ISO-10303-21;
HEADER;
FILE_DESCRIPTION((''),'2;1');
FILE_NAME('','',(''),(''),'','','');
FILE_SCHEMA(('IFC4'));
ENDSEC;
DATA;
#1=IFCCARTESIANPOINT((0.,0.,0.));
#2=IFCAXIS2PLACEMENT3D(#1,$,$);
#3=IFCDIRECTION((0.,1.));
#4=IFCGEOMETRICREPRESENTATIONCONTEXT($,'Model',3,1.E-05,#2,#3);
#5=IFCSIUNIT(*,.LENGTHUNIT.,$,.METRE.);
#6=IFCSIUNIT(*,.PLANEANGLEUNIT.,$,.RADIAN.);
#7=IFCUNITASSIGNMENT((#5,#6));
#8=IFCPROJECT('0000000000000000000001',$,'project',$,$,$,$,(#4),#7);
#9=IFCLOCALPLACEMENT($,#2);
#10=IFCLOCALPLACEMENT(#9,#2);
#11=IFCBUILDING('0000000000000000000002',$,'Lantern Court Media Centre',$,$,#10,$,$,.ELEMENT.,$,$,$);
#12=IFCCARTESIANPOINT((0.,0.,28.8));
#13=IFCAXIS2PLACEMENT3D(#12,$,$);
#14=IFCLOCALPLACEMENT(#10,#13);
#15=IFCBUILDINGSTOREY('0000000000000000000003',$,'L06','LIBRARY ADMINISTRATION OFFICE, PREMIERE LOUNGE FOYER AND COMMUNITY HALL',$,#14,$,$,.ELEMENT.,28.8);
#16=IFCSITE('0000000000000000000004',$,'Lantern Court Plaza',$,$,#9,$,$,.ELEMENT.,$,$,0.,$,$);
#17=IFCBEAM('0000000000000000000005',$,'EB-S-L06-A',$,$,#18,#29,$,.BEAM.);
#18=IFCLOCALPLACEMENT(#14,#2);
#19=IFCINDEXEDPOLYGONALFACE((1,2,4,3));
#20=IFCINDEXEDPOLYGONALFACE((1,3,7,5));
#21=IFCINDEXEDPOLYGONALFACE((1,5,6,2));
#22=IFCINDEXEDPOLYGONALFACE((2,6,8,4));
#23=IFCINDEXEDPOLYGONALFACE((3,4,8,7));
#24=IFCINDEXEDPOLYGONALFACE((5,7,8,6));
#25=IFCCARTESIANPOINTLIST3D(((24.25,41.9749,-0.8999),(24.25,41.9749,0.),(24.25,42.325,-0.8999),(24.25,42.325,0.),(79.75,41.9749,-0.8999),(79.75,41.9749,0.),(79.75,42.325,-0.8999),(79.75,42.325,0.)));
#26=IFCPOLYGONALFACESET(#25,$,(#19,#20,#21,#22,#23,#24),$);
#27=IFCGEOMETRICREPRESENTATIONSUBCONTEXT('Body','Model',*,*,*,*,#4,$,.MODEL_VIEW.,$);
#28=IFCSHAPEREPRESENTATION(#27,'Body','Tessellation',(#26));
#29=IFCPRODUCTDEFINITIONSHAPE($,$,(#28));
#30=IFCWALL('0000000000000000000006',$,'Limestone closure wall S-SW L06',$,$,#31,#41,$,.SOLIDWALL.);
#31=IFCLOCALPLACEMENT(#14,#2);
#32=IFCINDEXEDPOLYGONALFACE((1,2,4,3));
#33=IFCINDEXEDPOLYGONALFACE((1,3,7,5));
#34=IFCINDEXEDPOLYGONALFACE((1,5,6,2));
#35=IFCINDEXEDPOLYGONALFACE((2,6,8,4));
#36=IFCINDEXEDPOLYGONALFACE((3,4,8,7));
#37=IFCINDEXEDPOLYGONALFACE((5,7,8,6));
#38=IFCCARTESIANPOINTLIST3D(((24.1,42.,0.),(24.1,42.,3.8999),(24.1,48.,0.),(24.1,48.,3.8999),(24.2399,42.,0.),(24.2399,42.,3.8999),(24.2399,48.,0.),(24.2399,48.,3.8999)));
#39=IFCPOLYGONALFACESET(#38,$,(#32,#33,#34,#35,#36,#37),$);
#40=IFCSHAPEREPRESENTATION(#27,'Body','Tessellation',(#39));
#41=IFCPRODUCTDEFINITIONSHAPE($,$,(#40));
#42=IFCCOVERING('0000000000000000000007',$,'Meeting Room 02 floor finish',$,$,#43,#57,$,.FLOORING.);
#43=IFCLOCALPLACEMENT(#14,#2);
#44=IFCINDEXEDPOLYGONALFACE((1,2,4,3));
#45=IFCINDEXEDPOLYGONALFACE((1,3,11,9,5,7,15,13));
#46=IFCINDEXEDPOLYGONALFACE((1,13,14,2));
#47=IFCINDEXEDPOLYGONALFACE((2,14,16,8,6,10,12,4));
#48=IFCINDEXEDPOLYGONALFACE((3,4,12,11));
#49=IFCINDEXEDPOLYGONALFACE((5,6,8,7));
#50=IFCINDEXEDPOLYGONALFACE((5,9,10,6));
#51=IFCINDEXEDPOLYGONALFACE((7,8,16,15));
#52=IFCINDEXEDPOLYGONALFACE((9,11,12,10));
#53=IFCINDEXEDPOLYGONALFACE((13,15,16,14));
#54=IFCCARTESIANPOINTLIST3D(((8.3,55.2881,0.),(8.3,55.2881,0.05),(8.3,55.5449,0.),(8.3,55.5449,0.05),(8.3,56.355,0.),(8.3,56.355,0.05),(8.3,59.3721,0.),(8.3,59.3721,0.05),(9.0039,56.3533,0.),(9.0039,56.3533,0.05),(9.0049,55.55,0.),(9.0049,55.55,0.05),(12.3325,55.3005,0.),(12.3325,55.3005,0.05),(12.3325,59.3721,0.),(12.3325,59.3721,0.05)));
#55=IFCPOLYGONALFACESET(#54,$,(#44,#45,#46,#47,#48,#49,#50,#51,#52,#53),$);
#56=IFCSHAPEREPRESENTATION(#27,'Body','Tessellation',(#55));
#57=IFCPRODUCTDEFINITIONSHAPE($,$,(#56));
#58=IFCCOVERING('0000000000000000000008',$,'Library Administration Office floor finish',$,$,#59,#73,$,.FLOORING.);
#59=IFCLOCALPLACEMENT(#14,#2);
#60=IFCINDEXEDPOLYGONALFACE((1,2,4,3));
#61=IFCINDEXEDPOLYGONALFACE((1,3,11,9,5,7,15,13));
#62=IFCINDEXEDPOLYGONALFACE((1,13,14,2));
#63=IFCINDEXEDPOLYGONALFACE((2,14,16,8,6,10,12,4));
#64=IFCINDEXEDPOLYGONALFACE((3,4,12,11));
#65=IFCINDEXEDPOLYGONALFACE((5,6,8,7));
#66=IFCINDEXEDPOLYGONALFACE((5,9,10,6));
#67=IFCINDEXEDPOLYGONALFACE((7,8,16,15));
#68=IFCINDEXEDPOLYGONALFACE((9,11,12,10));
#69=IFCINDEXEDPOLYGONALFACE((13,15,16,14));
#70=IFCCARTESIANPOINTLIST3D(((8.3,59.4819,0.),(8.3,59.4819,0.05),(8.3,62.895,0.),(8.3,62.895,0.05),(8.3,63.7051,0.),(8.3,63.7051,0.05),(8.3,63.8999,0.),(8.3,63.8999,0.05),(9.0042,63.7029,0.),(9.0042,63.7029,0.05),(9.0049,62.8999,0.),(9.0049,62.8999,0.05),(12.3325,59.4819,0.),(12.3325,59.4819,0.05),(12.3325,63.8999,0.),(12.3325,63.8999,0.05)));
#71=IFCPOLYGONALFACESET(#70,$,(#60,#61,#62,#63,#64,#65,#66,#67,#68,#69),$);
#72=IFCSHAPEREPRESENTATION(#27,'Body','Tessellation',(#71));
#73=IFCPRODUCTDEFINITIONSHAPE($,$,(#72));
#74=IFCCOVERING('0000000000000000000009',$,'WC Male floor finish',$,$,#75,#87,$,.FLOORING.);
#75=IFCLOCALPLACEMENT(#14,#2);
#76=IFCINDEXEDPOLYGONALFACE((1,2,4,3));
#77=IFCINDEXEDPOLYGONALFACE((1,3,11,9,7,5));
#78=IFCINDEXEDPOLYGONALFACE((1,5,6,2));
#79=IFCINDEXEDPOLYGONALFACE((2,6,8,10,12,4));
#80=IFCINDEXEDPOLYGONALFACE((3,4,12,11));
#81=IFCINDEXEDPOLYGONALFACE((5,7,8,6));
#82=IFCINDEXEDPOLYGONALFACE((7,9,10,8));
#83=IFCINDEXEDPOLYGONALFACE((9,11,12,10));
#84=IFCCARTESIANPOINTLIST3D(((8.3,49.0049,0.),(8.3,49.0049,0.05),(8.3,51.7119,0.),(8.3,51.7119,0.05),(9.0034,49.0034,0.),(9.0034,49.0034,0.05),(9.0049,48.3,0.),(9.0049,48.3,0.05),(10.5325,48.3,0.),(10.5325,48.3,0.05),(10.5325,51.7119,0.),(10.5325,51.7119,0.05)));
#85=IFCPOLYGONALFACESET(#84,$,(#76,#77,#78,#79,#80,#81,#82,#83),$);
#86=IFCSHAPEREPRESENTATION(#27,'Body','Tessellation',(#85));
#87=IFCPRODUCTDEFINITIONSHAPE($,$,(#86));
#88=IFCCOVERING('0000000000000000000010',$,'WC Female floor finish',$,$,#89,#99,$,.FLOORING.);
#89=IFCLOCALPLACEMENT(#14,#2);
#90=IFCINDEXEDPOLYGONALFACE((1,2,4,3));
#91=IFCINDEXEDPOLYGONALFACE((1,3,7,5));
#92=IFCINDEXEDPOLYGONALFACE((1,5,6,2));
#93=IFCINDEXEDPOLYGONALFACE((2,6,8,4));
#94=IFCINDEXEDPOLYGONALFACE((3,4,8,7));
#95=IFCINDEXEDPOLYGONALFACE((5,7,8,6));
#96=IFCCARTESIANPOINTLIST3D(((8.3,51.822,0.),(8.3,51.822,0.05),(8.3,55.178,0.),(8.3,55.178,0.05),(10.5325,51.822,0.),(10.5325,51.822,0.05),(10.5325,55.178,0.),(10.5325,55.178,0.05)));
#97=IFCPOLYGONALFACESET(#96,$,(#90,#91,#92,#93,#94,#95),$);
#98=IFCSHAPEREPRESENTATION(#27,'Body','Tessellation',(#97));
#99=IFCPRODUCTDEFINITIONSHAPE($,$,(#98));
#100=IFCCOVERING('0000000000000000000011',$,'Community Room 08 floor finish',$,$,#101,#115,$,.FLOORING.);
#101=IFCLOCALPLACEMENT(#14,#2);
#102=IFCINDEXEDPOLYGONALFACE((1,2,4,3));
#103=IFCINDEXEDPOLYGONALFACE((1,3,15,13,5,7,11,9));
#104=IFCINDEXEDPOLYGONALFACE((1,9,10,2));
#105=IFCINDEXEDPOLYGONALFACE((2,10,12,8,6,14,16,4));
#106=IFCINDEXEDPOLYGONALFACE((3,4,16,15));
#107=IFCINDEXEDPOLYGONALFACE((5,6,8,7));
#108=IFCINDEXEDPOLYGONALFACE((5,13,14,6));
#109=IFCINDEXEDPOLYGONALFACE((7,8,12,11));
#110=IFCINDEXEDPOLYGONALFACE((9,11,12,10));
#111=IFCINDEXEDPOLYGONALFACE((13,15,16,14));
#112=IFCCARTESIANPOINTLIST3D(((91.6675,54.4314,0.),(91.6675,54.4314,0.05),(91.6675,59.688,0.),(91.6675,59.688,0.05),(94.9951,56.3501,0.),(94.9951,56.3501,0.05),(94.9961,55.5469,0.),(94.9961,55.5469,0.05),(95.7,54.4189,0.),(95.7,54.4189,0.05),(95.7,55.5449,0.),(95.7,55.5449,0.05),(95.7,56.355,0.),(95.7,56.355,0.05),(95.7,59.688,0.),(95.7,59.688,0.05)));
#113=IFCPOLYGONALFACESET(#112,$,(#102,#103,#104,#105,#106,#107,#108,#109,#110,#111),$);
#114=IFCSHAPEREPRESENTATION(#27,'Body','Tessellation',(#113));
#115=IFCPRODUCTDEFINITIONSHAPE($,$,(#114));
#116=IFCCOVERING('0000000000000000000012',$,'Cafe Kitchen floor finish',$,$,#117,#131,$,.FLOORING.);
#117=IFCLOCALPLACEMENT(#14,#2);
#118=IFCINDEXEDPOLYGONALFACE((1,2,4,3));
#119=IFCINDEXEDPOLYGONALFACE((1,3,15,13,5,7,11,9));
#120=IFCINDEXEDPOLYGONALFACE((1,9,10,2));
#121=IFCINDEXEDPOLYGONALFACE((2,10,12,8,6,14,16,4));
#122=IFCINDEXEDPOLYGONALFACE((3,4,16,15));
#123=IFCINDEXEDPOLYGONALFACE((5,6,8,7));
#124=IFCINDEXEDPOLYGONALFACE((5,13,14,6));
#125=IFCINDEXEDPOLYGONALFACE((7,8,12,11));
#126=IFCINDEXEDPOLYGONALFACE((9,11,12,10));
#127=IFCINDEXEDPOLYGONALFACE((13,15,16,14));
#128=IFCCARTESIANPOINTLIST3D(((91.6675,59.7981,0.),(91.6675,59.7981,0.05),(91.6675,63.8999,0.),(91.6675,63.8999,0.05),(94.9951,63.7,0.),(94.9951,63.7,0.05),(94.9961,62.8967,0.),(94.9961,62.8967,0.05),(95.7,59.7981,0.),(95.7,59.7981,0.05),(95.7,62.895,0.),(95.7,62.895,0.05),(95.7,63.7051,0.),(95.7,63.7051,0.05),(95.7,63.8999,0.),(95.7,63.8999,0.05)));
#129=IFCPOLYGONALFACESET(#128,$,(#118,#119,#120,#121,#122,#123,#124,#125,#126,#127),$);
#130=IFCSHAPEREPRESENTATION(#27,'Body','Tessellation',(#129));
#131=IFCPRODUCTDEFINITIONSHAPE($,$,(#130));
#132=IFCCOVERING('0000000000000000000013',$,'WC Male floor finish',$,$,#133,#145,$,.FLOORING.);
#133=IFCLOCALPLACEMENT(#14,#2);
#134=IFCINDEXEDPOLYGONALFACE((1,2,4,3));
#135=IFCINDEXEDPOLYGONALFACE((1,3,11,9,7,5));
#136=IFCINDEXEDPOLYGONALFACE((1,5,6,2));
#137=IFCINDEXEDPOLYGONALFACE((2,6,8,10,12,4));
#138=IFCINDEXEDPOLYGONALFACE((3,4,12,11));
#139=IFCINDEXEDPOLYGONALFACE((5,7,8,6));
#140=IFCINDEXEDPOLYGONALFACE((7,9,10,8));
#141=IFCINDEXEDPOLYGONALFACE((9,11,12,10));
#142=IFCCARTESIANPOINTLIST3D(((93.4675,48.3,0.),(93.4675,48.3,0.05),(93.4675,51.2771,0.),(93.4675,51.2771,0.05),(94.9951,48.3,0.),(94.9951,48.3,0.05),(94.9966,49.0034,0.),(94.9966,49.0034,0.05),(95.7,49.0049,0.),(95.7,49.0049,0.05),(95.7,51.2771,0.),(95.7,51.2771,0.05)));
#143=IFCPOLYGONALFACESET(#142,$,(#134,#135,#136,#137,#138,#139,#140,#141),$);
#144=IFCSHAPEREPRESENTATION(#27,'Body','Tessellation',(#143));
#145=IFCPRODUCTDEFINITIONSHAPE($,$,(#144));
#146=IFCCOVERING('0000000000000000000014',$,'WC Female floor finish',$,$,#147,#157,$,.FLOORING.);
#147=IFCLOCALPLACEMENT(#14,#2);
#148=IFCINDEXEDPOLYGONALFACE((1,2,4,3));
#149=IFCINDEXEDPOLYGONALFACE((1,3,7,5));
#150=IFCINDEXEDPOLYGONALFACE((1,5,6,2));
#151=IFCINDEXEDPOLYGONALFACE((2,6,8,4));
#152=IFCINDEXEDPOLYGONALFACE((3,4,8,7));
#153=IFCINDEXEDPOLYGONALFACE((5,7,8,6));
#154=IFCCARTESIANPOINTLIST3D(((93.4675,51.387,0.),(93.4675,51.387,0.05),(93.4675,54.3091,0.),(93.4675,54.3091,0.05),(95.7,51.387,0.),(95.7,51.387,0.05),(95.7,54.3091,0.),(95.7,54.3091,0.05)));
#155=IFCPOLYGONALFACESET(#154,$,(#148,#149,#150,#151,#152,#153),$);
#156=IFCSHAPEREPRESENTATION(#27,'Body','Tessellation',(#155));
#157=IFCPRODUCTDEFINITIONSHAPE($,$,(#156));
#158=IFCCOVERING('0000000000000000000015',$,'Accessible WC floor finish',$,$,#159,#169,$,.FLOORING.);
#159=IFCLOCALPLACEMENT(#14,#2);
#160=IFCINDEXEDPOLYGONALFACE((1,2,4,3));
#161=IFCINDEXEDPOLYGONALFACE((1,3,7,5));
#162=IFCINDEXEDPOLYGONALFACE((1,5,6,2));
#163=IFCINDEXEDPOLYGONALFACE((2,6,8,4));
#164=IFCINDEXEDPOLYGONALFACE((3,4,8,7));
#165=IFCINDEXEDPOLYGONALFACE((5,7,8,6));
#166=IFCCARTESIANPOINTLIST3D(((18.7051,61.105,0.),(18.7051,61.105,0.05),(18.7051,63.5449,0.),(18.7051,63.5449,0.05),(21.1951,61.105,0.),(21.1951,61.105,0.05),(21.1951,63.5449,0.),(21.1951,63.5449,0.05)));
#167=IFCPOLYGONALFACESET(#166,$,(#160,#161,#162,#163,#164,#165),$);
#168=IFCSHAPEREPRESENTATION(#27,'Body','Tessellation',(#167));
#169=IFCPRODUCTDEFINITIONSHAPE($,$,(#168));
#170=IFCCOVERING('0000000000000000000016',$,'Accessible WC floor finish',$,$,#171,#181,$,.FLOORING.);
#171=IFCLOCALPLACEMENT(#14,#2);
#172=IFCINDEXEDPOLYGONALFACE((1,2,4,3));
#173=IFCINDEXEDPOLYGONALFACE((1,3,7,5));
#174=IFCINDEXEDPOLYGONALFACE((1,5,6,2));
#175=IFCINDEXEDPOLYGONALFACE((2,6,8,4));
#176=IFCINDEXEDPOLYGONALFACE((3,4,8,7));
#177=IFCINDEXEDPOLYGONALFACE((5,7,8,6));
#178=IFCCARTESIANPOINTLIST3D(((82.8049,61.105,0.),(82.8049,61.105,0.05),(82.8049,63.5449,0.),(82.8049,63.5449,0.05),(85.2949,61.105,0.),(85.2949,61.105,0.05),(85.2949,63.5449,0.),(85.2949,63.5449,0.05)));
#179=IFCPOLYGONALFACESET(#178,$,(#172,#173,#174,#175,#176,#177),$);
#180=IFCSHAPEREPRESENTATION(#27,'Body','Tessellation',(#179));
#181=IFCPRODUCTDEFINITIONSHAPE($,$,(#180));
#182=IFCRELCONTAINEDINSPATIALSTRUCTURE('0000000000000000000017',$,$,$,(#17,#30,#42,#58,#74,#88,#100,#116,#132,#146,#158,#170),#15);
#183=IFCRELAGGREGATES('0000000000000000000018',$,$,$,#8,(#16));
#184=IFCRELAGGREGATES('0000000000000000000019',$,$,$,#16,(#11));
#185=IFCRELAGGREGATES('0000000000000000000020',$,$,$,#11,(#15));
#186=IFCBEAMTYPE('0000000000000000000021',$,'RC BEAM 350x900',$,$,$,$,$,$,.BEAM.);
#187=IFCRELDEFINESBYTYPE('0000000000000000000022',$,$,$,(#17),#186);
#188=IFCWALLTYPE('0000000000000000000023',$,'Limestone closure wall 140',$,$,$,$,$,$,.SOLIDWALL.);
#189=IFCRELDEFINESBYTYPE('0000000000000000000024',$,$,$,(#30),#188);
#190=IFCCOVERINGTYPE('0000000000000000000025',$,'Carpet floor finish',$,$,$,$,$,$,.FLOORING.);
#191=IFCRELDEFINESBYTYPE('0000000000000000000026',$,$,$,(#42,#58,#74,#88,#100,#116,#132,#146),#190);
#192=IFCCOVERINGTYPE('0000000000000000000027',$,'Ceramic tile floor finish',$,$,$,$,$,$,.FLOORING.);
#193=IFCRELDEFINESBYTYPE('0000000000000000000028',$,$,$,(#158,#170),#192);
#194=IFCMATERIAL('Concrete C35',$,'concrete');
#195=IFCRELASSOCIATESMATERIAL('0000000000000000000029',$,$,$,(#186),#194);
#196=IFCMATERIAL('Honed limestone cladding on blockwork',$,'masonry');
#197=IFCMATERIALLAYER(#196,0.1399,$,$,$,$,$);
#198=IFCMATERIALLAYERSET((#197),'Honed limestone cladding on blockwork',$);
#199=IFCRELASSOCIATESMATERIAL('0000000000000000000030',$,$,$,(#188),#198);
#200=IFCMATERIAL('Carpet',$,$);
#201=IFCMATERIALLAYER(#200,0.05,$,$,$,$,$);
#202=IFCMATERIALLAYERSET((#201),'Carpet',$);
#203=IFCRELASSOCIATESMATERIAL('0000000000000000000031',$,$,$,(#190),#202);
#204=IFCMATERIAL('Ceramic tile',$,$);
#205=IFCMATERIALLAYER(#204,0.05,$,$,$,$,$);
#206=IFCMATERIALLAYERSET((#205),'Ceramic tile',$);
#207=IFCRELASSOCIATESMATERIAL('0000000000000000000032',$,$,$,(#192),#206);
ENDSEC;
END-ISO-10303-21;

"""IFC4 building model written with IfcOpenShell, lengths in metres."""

from ifc_helpers import new_model, si_unit, direction, frame, frame_2d, origin, origin_2d, place, context, subcontext, project, spatial, polyline, rectangle, outline, extrude, material, layer, layer_set, material_profile, profile_set, type_object, element, save


model = new_model("IFC4")

# Units and contexts
model_context = context("Model", 3, precision=1e-05, world=origin(), true_north=direction((0.0, 1.0)))
body_context = subcontext(model_context, "Body", "Model", "MODEL_VIEW")
ifc_project = project(units=[si_unit("LENGTHUNIT", "METRE"), si_unit("PLANEANGLEUNIT", "RADIAN")], contexts=[model_context])

# Site, building, storey
site_placement = place(None, origin())
site = spatial("IfcSite", under=ifc_project, at=site_placement, Name="Lantern Court Plaza", CompositionType="ELEMENT", RefElevation=0.0)
building_placement = place(site_placement, origin())
building = spatial("IfcBuilding", under=site, at=building_placement, Name="Lantern Court Media Centre", CompositionType="ELEMENT")
storey_placement = place(building_placement, frame((0.0, 0.0, 28.8)))
storey = spatial("IfcBuildingStorey", under=building, at=storey_placement, Name="L06", Description="LIBRARY ADMINISTRATION OFFICE, PREMIERE LOUNGE FOYER AND COMMUNITY HALL", CompositionType="ELEMENT", Elevation=28.8)

# Beam
ifc_material_1 = material(Name="Concrete C35", Category="concrete")
ifc_material_profile = material_profile(ifc_material_1, rectangle(XDim=0.3501, YDim=0.8999, at=origin_2d()), Name="RC 350x900")
ifc_profile_set = profile_set([ifc_material_profile], Name="Concrete C35")
beam_type = type_object("IfcBeamType", Name="RC BEAM 350x900", PredefinedType="BEAM", material=ifc_profile_set)
beam_placement = place(storey_placement, frame((24.25, 42.1499, -0.45), z_axis=(1.0, 0.0, 0.0), x_axis=(0.0, 1.0, 0.0)))
element("IfcBeam", 1, at=beam_placement, inside=storey, type_object=beam_type, Name="EB-S-L06-A", PredefinedType="BEAM", context=body_context, shape_type="SweptSolid", body=[
    extrude(rectangle(XDim=0.3501, YDim=0.8999, at=origin_2d()), origin(), (0.0, 0.0, 1.0), 55.5),
])

# Wall
ifc_material_2 = material(Name="Honed limestone cladding on blockwork", Category="masonry")
ifc_layer_1 = layer(ifc_material_2, 0.1399)
ifc_layer_set_1 = layer_set([ifc_layer_1], Name="Honed limestone cladding on blockwork")
wall_type = type_object("IfcWallType", Name="Limestone closure wall 140", PredefinedType="SOLIDWALL", material=ifc_layer_set_1)
wall_placement = place(storey_placement, frame((24.1699, 42.0, 0.0), z_axis=(0.0, 0.0, 1.0), x_axis=(0.0, 1.0, 0.0)))
element("IfcWall", 2, at=wall_placement, inside=storey, type_object=wall_type, Name="Limestone closure wall S-SW L06", PredefinedType="SOLIDWALL", context=body_context, shape_type="SweptSolid", body=[
    extrude(rectangle(XDim=6.0, YDim=0.1399, at=frame_2d((3.0, 0.0))), origin(), (0.0, 0.0, 1.0), 3.8999),
])

# Coverings
ifc_material_3 = material(Name="Carpet")
ifc_layer_2 = layer(ifc_material_3, 0.05)
ifc_layer_set_2 = layer_set([ifc_layer_2], Name="Carpet")
covering_type_1 = type_object("IfcCoveringType", Name="Carpet floor finish", PredefinedType="FLOORING", material=ifc_layer_set_2)
covering_1_placement = place(storey_placement, origin())
element("IfcCovering", 3, at=covering_1_placement, inside=storey, type_object=covering_type_1, Name="Meeting Room 02 floor finish", PredefinedType="FLOORING", context=body_context, shape_type="SweptSolid", body=[
    extrude(outline(polyline([(8.3, 59.3721), (12.3325, 59.3721), (12.3325, 55.3005), (8.3, 55.2881), (8.3, 55.5449), (9.0049, 55.55), (9.0039, 56.3533), (8.3, 56.355), (8.3, 59.3721)])), origin(), (0.0, 0.0, 1.0), 0.05),
])
covering_2_placement = place(storey_placement, origin())
element("IfcCovering", 4, at=covering_2_placement, inside=storey, type_object=covering_type_1, Name="Library Administration Office floor finish", PredefinedType="FLOORING", context=body_context, shape_type="SweptSolid", body=[
    extrude(outline(polyline([(8.3, 63.8999), (12.3325, 63.8999), (12.3325, 59.4819), (8.3, 59.4819), (8.3, 62.895), (9.0049, 62.8999), (9.0042, 63.7029), (8.3, 63.7051), (8.3, 63.8999)])), origin(), (0.0, 0.0, 1.0), 0.05),
])
covering_3_placement = place(storey_placement, origin())
element("IfcCovering", 5, at=covering_3_placement, inside=storey, type_object=covering_type_1, Name="WC Male floor finish", PredefinedType="FLOORING", context=body_context, shape_type="SweptSolid", body=[
    extrude(outline(polyline([(8.3, 51.7119), (10.5325, 51.7119), (10.5325, 48.3), (9.0049, 48.3), (9.0034, 49.0034), (8.3, 49.0049), (8.3, 51.7119)])), origin(), (0.0, 0.0, 1.0), 0.05),
])
covering_4_placement = place(storey_placement, origin())
element("IfcCovering", 6, at=covering_4_placement, inside=storey, type_object=covering_type_1, Name="WC Female floor finish", PredefinedType="FLOORING", context=body_context, shape_type="SweptSolid", body=[
    extrude(outline(polyline([(8.3, 55.178), (10.5325, 55.178), (10.5325, 51.822), (8.3, 51.822), (8.3, 55.178)])), origin(), (0.0, 0.0, 1.0), 0.05),
])
covering_5_placement = place(storey_placement, origin())
element("IfcCovering", 7, at=covering_5_placement, inside=storey, type_object=covering_type_1, Name="Community Room 08 floor finish", PredefinedType="FLOORING", context=body_context, shape_type="SweptSolid", body=[
    extrude(outline(polyline([(95.7, 54.4189), (91.6675, 54.4314), (91.6675, 59.688), (95.7, 59.688), (95.7, 56.355), (94.9951, 56.3501), (94.9961, 55.5469), (95.7, 55.5449), (95.7, 54.4189)])), origin(), (0.0, 0.0, 1.0), 0.05),
])
covering_6_placement = place(storey_placement, origin())
element("IfcCovering", 8, at=covering_6_placement, inside=storey, type_object=covering_type_1, Name="Cafe Kitchen floor finish", PredefinedType="FLOORING", context=body_context, shape_type="SweptSolid", body=[
    extrude(outline(polyline([(95.7, 59.7981), (91.6675, 59.7981), (91.6675, 63.8999), (95.7, 63.8999), (95.7, 63.7051), (94.9951, 63.7), (94.9961, 62.8967), (95.7, 62.895), (95.7, 59.7981)])), origin(), (0.0, 0.0, 1.0), 0.05),
])
covering_7_placement = place(storey_placement, origin())
element("IfcCovering", 9, at=covering_7_placement, inside=storey, type_object=covering_type_1, Name="WC Male floor finish", PredefinedType="FLOORING", context=body_context, shape_type="SweptSolid", body=[
    extrude(outline(polyline([(95.7, 49.0049), (94.9966, 49.0034), (94.9951, 48.3), (93.4675, 48.3), (93.4675, 51.2771), (95.7, 51.2771), (95.7, 49.0049)])), origin(), (0.0, 0.0, 1.0), 0.05),
])
covering_8_placement = place(storey_placement, origin())
element("IfcCovering", 10, at=covering_8_placement, inside=storey, type_object=covering_type_1, Name="WC Female floor finish", PredefinedType="FLOORING", context=body_context, shape_type="SweptSolid", body=[
    extrude(outline(polyline([(95.7, 51.387), (93.4675, 51.387), (93.4675, 54.3091), (95.7, 54.3091), (95.7, 51.387)])), origin(), (0.0, 0.0, 1.0), 0.05),
])
ifc_material_4 = material(Name="Ceramic tile")
ifc_layer_3 = layer(ifc_material_4, 0.05)
ifc_layer_set_3 = layer_set([ifc_layer_3], Name="Ceramic tile")
covering_type_2 = type_object("IfcCoveringType", Name="Ceramic tile floor finish", PredefinedType="FLOORING", material=ifc_layer_set_3)
covering_9_placement = place(storey_placement, origin())
element("IfcCovering", 11, at=covering_9_placement, inside=storey, type_object=covering_type_2, Name="Accessible WC floor finish", PredefinedType="FLOORING", context=body_context, shape_type="SweptSolid", body=[
    extrude(outline(polyline([(21.1951, 63.5449), (21.1951, 61.105), (18.7051, 61.105), (18.7051, 63.5449), (21.1951, 63.5449)])), origin(), (0.0, 0.0, 1.0), 0.05),
])
covering_10_placement = place(storey_placement, origin())
element("IfcCovering", 12, at=covering_10_placement, inside=storey, type_object=covering_type_2, Name="Accessible WC floor finish", PredefinedType="FLOORING", context=body_context, shape_type="SweptSolid", body=[
    extrude(outline(polyline([(85.2949, 61.105), (82.8049, 61.105), (82.8049, 63.5449), (85.2949, 63.5449), (85.2949, 61.105)])), origin(), (0.0, 0.0, 1.0), 0.05),
])

save(model, "model.ifc")
